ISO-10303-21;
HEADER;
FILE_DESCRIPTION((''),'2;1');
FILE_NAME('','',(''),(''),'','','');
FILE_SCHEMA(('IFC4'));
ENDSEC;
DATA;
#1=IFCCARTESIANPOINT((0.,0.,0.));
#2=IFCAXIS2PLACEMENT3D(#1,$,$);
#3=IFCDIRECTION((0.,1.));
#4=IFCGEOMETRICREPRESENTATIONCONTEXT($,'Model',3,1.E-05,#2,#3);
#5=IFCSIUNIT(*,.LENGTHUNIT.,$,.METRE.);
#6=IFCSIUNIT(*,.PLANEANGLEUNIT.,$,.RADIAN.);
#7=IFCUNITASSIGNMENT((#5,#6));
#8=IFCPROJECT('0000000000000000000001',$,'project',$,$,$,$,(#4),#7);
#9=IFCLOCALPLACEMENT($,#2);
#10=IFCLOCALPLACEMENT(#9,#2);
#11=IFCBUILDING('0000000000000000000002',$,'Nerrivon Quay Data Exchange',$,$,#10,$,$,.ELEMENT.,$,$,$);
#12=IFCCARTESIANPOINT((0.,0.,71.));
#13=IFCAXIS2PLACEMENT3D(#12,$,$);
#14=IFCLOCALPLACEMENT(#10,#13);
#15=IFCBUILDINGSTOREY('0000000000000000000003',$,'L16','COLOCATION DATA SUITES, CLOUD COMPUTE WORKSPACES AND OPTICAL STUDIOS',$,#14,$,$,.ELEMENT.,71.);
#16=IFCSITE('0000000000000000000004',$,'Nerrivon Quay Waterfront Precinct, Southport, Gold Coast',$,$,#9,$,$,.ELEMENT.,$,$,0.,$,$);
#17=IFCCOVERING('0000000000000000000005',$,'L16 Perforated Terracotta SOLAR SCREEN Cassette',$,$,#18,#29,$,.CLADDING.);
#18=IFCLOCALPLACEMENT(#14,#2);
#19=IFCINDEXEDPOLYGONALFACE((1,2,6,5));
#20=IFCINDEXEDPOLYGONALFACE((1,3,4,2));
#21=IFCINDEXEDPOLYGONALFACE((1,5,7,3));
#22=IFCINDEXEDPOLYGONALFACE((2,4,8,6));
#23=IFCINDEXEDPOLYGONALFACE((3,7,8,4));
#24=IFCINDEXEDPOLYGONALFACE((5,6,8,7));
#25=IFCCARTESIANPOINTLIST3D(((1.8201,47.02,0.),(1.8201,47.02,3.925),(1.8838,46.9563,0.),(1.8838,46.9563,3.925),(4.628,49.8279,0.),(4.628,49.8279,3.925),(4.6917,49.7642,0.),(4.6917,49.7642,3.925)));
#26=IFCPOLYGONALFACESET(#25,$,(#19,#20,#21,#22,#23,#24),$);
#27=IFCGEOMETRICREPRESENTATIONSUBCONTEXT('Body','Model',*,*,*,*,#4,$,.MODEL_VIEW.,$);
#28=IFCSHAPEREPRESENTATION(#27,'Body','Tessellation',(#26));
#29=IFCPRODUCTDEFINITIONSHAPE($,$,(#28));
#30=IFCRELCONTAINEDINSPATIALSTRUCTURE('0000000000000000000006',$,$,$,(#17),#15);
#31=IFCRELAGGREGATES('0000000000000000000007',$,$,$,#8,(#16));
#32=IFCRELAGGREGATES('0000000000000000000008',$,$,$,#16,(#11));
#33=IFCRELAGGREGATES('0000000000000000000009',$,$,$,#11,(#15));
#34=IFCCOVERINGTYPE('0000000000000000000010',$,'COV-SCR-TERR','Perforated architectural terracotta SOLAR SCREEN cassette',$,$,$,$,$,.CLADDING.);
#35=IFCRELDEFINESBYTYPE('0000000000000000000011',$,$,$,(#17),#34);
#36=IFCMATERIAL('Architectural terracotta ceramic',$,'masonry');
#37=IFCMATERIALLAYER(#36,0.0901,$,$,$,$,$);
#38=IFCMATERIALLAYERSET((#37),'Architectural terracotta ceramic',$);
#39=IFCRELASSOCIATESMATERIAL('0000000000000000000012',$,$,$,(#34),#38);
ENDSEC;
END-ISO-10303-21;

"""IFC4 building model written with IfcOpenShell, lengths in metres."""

from ifc_helpers import new_model, si_unit, direction, frame, origin, origin_2d, place, context, subcontext, project, spatial, rectangle, extrude, material, layer, layer_set, type_object, element, save


model = new_model("IFC4")

# Units and contexts
model_context = context("Model", 3, precision=1e-05, world=origin(), true_north=direction((0.0, 1.0)))
body_context = subcontext(model_context, "Body", "Model", "MODEL_VIEW")
ifc_project = project(units=[si_unit("LENGTHUNIT", "METRE"), si_unit("PLANEANGLEUNIT", "RADIAN")], contexts=[model_context])

# Site, building, storey
site_placement = place(None, origin())
site = spatial("IfcSite", under=ifc_project, at=site_placement, Name="Nerrivon Quay Waterfront Precinct, Southport, Gold Coast", CompositionType="ELEMENT", RefElevation=0.0)
building_placement = place(site_placement, origin())
building = spatial("IfcBuilding", under=site, at=building_placement, Name="Nerrivon Quay Data Exchange", CompositionType="ELEMENT")
storey_placement = place(building_placement, frame((0.0, 0.0, 71.0)))
storey = spatial("IfcBuildingStorey", under=building, at=storey_placement, Name="L16", Description="COLOCATION DATA SUITES, CLOUD COMPUTE WORKSPACES AND OPTICAL STUDIOS", CompositionType="ELEMENT", Elevation=71.0)

# Covering
ifc_material_1 = material(Name="Architectural terracotta ceramic", Category="masonry")
ifc_layer_1 = layer(ifc_material_1, 0.0901)
ifc_layer_set_1 = layer_set([ifc_layer_1], Name="Architectural terracotta ceramic")
covering_type = type_object("IfcCoveringType", Name="COV-SCR-TERR", Description="Perforated architectural terracotta SOLAR SCREEN cassette", PredefinedType="CLADDING", material=ifc_layer_set_1)
covering_1_placement = place(storey_placement, frame((3.2559, 48.3921, 0.0), z_axis=(0.0, 0.0, 1.0), x_axis=(0.707107, 0.707107, 0.0)))
element("IfcCovering", 1, at=covering_1_placement, inside=storey, type_object=covering_type, Name="L16 Perforated Terracotta SOLAR SCREEN Cassette", PredefinedType="CLADDING", context=body_context, shape_type="SweptSolid", body=[
    extrude(rectangle(XDim=3.9709, YDim=0.0901, at=origin_2d()), origin(), (0.0, 0.0, 1.0), 3.925),
])

save(model, "model.ifc")
